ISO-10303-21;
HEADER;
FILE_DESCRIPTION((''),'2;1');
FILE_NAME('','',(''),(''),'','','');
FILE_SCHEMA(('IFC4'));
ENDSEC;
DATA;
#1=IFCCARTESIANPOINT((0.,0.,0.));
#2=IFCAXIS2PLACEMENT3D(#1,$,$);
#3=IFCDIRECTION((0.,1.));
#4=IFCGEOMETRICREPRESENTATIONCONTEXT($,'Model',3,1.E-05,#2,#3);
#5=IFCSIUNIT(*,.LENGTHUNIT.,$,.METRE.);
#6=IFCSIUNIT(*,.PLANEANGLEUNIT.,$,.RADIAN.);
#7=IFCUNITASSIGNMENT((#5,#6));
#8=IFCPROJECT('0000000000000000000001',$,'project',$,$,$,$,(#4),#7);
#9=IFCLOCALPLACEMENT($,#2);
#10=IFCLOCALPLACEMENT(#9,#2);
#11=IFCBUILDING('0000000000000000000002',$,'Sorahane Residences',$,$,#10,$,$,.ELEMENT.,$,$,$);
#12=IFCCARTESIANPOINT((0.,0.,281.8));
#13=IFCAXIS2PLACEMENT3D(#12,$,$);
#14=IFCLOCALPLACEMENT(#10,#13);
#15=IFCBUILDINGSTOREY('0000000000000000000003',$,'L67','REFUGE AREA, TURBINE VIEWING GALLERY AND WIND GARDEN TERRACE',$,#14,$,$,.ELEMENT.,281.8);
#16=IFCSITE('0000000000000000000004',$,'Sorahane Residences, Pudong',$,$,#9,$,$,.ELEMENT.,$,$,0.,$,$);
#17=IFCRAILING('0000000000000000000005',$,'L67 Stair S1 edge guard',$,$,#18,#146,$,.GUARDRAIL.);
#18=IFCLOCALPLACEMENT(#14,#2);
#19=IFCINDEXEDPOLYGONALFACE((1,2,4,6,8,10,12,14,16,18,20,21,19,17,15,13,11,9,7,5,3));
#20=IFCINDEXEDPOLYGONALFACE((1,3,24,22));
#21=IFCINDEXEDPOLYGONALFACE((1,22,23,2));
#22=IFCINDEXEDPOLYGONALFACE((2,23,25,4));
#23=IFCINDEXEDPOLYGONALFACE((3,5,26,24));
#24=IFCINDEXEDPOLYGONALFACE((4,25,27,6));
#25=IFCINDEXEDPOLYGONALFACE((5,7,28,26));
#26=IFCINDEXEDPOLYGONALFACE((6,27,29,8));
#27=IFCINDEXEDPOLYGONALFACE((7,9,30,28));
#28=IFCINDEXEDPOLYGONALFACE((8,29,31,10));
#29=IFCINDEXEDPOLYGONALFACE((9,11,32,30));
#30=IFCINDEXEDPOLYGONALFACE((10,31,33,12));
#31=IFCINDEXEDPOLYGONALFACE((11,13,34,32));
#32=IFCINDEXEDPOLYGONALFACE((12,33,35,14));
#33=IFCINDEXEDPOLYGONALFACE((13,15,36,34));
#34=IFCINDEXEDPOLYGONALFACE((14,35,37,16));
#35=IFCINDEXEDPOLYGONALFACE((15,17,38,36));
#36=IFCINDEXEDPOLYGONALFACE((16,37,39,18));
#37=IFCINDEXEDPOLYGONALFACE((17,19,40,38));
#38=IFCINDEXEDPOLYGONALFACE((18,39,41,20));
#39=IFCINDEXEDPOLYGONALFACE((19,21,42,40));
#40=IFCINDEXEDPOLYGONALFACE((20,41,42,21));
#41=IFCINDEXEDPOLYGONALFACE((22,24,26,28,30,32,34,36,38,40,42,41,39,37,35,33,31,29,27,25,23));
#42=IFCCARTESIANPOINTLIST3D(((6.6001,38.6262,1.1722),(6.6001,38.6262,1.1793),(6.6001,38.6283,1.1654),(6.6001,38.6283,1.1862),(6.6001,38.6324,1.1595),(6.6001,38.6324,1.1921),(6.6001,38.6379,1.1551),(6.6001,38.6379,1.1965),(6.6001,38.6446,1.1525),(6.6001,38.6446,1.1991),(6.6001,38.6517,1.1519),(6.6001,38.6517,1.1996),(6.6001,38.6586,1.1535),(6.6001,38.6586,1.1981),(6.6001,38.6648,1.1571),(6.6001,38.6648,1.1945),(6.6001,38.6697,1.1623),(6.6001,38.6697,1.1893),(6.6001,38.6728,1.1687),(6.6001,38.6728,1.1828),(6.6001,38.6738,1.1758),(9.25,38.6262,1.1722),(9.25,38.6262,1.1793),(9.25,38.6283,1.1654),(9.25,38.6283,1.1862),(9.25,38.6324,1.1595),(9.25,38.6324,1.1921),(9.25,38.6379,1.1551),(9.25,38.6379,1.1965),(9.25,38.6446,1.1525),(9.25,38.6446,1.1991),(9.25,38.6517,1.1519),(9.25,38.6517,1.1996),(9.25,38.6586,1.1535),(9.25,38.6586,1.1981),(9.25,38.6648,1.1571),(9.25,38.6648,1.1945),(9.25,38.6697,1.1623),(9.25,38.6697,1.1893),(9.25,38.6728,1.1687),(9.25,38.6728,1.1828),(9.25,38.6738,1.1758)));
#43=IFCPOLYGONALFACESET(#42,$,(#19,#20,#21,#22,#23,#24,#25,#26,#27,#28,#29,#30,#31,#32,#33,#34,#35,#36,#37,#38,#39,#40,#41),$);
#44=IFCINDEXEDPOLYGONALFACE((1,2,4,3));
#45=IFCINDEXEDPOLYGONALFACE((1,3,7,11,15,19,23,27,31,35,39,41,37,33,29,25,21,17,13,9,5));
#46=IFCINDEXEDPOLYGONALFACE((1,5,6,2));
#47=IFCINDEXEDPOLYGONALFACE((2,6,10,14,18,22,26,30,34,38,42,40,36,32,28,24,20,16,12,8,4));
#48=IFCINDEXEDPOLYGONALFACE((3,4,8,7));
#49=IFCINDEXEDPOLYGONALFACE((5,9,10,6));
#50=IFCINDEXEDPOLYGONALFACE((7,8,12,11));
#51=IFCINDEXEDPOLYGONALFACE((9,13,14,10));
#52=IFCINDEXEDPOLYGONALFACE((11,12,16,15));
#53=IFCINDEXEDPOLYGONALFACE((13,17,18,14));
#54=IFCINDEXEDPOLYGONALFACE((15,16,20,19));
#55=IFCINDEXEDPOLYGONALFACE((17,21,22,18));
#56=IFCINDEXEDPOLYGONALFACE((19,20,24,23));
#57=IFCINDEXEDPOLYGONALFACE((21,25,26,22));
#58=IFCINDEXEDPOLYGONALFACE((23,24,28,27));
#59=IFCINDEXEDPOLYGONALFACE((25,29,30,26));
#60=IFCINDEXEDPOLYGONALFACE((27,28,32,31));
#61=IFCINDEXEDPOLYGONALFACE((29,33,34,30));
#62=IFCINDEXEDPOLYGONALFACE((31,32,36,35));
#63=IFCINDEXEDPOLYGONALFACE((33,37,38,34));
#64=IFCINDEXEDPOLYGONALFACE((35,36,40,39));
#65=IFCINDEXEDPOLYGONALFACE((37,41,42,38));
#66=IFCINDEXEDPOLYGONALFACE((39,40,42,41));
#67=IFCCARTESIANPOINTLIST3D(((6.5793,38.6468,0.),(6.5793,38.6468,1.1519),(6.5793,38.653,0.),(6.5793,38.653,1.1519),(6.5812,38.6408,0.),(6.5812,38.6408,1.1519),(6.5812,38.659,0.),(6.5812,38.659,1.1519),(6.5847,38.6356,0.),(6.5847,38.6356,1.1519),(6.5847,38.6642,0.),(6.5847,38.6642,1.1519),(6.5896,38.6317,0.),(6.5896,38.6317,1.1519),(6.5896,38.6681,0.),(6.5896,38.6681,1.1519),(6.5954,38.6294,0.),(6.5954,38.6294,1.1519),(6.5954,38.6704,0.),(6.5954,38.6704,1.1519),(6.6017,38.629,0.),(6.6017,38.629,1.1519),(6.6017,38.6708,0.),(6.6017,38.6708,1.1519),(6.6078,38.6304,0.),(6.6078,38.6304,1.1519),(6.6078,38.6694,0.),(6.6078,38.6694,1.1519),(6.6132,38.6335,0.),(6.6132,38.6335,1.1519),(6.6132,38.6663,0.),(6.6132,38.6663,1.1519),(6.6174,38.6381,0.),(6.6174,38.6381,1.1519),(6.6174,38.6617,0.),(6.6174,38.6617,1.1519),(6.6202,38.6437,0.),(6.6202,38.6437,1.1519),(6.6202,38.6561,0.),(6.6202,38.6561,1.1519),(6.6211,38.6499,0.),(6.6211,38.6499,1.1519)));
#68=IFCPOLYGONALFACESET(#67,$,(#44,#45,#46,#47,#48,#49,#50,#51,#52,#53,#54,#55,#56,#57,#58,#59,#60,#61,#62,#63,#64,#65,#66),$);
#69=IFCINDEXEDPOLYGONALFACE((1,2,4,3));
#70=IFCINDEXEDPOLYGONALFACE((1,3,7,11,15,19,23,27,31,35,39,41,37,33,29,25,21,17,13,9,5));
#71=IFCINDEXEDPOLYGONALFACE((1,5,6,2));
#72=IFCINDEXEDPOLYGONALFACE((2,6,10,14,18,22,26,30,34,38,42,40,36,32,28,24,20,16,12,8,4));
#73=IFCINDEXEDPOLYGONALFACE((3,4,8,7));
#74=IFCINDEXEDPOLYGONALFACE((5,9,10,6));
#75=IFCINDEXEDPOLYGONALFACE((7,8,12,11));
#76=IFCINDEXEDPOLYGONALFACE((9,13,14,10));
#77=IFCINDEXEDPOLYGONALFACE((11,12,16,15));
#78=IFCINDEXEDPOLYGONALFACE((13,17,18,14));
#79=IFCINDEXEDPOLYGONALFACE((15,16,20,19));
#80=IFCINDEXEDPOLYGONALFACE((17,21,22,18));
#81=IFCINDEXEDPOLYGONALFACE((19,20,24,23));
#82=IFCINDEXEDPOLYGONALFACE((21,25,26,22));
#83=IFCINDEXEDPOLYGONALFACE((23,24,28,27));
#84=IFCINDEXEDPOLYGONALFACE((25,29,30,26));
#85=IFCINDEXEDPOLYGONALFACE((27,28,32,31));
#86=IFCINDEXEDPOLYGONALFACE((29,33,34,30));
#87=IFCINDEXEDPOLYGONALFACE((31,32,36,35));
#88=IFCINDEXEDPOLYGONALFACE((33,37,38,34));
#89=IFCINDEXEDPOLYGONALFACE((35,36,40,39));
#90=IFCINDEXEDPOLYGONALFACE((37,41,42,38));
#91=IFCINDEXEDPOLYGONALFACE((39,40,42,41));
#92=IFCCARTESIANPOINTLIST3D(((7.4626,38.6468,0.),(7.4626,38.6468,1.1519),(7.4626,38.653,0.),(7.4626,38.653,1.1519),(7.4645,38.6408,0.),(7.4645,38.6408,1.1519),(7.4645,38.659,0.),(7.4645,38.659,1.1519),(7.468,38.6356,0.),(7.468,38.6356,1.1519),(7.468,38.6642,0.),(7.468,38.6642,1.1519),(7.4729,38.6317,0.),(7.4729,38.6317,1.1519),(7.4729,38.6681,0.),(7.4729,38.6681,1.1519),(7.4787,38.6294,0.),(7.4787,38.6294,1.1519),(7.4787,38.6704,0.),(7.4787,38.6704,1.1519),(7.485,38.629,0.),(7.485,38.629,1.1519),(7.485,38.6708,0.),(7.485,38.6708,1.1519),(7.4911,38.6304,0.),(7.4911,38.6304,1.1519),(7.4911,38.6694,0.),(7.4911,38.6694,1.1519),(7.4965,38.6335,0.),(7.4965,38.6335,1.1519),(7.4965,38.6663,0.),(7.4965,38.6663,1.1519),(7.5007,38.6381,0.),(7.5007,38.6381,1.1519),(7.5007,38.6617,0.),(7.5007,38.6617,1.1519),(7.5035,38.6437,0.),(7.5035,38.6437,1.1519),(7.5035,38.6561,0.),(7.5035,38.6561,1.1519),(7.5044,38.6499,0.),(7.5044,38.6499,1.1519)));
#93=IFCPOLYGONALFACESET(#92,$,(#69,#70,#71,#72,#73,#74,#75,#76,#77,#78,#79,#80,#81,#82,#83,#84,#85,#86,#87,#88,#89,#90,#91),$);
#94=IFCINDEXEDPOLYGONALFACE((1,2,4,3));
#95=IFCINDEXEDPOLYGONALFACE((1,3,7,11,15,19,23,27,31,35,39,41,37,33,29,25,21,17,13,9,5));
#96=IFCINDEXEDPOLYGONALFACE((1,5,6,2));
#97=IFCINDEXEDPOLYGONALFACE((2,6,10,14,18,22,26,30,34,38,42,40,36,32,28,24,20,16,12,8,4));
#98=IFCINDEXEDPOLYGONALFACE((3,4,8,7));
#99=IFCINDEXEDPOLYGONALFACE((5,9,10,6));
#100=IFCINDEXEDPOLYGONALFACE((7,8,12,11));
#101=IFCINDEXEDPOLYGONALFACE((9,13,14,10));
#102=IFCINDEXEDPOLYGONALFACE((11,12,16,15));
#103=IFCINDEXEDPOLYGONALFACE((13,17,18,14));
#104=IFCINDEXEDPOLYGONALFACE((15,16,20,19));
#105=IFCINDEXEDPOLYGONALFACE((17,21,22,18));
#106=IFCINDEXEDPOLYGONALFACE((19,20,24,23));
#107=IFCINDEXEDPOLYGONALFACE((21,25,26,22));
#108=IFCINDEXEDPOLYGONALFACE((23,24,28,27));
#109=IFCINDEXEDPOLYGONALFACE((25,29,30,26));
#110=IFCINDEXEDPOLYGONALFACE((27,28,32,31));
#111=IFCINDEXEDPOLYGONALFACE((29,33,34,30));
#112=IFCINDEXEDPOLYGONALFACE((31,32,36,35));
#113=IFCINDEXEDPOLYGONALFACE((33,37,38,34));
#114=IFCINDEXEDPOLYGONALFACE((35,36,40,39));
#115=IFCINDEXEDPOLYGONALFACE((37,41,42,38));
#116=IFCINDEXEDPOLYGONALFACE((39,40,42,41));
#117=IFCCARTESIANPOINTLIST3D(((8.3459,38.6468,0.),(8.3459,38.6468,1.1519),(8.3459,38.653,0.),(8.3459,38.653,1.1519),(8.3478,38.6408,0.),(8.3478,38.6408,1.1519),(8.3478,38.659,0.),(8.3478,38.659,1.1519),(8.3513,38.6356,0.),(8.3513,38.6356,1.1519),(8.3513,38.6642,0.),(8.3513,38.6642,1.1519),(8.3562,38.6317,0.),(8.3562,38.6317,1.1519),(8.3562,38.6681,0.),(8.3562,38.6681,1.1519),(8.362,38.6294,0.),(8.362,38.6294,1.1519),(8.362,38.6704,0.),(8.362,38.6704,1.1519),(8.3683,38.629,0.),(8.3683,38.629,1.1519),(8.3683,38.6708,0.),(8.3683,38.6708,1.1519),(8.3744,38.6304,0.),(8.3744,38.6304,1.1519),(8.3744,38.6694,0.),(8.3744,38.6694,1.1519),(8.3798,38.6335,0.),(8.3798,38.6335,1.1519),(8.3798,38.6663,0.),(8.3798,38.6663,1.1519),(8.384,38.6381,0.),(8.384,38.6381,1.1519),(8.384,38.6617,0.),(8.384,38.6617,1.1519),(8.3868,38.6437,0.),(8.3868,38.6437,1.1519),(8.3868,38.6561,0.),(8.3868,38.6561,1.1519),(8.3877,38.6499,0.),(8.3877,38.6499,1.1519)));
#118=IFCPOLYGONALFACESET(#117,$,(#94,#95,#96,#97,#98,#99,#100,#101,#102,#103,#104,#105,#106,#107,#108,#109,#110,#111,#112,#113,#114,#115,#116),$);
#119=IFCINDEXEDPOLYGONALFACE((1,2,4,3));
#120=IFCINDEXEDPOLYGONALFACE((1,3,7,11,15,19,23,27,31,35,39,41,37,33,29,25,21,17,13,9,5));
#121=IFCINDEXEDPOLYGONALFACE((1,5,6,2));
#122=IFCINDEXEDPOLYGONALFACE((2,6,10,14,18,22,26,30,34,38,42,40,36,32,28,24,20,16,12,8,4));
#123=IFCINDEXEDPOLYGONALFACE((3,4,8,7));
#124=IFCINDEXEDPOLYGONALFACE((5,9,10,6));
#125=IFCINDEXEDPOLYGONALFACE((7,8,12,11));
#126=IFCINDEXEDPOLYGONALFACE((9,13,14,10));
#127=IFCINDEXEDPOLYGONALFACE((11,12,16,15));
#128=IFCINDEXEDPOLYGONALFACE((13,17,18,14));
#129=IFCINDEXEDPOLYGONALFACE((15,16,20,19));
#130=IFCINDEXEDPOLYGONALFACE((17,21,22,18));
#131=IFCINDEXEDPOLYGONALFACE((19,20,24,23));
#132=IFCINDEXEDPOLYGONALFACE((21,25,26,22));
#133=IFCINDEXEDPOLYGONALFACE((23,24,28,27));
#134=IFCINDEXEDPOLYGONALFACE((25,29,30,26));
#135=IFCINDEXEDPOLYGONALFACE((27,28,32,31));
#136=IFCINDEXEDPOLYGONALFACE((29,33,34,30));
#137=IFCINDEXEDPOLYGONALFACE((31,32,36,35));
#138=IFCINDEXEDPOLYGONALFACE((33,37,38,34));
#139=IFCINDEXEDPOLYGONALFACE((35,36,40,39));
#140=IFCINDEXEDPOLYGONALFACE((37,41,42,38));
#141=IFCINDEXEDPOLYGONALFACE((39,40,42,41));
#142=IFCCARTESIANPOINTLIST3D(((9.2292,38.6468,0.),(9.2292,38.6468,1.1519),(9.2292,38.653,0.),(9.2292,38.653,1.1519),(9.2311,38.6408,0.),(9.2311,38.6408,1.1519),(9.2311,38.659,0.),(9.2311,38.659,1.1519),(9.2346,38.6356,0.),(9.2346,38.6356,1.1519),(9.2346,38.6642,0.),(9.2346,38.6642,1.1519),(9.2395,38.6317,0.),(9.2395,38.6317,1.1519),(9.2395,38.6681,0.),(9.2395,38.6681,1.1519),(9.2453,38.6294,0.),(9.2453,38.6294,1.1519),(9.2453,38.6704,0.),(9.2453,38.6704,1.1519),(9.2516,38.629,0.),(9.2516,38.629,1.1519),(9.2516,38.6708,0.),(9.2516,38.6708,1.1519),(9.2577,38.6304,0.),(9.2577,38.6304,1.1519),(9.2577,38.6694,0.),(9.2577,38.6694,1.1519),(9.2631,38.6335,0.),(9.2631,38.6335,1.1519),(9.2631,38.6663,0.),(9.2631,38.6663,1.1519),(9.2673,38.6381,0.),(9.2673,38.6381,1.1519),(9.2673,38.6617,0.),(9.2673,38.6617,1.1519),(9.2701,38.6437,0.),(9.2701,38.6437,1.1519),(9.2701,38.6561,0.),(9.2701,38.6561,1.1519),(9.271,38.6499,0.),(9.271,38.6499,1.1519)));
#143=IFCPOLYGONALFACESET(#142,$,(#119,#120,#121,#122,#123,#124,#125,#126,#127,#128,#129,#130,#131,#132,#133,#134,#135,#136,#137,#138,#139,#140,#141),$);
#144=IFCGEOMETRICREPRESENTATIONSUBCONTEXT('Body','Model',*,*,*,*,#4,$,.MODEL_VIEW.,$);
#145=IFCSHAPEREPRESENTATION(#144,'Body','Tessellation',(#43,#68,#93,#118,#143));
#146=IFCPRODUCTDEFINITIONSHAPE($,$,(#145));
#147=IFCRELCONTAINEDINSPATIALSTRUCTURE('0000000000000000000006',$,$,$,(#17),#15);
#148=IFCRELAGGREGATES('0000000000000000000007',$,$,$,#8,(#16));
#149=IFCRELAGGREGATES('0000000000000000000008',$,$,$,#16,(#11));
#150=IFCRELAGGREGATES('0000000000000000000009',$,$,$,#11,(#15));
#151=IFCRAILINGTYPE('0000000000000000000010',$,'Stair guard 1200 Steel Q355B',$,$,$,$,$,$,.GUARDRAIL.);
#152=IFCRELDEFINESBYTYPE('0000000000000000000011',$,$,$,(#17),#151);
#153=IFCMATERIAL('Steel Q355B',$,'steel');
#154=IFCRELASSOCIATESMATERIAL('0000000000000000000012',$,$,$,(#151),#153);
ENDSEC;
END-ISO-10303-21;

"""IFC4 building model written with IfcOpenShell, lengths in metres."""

from ifc_helpers import new_model, si_unit, direction, frame, origin, origin_2d, place, context, subcontext, project, spatial, circle, extrude, material, type_object, element, save


model = new_model("IFC4")

# Units and contexts
model_context = context("Model", 3, precision=1e-05, world=origin(), true_north=direction((0.0, 1.0)))
body_context = subcontext(model_context, "Body", "Model", "MODEL_VIEW")
ifc_project = project(units=[si_unit("LENGTHUNIT", "METRE"), si_unit("PLANEANGLEUNIT", "RADIAN")], contexts=[model_context])

# Site, building, storey
site_placement = place(None, origin())
site = spatial("IfcSite", under=ifc_project, at=site_placement, Name="Sorahane Residences, Pudong", CompositionType="ELEMENT", RefElevation=0.0)
building_placement = place(site_placement, origin())
building = spatial("IfcBuilding", under=site, at=building_placement, Name="Sorahane Residences", CompositionType="ELEMENT")
storey_placement = place(building_placement, frame((0.0, 0.0, 281.8)))
storey = spatial("IfcBuildingStorey", under=building, at=storey_placement, Name="L67", Description="REFUGE AREA, TURBINE VIEWING GALLERY AND WIND GARDEN TERRACE", CompositionType="ELEMENT", Elevation=281.8)

# Railing
ifc_material_1 = material(Name="Steel Q355B", Category="steel")
railing_type_1 = type_object("IfcRailingType", Name="Stair guard 1200 Steel Q355B", PredefinedType="GUARDRAIL", material=ifc_material_1)
railing_1_placement = place(storey_placement, frame((6.6001, 38.6499, 0.0)))
element("IfcRailing", 1, at=railing_1_placement, inside=storey, type_object=railing_type_1, Name="L67 Stair S1 edge guard", PredefinedType="GUARDRAIL", context=body_context, shape_type="SweptSolid", body=[
    extrude(circle(Radius=0.0239, at=origin_2d()), frame((0.0, 0.0, 1.1758), z_axis=(1.0, 0.0, 0.0), x_axis=(0.0, 1.0, 0.0)), (0.0, 0.0, 1.0), 2.6499),
    extrude(circle(Radius=0.021, at=origin_2d()), origin(), (0.0, 0.0, 1.0), 1.1519),
    extrude(circle(Radius=0.021, at=origin_2d()), frame((0.8833, 0.0, 0.0)), (0.0, 0.0, 1.0), 1.1519),
    extrude(circle(Radius=0.021, at=origin_2d()), frame((1.7666, 0.0, 0.0)), (0.0, 0.0, 1.0), 1.1519),
    extrude(circle(Radius=0.021, at=origin_2d()), frame((2.6499, 0.0, 0.0)), (0.0, 0.0, 1.0), 1.1519),
])

save(model, "model.ifc")
